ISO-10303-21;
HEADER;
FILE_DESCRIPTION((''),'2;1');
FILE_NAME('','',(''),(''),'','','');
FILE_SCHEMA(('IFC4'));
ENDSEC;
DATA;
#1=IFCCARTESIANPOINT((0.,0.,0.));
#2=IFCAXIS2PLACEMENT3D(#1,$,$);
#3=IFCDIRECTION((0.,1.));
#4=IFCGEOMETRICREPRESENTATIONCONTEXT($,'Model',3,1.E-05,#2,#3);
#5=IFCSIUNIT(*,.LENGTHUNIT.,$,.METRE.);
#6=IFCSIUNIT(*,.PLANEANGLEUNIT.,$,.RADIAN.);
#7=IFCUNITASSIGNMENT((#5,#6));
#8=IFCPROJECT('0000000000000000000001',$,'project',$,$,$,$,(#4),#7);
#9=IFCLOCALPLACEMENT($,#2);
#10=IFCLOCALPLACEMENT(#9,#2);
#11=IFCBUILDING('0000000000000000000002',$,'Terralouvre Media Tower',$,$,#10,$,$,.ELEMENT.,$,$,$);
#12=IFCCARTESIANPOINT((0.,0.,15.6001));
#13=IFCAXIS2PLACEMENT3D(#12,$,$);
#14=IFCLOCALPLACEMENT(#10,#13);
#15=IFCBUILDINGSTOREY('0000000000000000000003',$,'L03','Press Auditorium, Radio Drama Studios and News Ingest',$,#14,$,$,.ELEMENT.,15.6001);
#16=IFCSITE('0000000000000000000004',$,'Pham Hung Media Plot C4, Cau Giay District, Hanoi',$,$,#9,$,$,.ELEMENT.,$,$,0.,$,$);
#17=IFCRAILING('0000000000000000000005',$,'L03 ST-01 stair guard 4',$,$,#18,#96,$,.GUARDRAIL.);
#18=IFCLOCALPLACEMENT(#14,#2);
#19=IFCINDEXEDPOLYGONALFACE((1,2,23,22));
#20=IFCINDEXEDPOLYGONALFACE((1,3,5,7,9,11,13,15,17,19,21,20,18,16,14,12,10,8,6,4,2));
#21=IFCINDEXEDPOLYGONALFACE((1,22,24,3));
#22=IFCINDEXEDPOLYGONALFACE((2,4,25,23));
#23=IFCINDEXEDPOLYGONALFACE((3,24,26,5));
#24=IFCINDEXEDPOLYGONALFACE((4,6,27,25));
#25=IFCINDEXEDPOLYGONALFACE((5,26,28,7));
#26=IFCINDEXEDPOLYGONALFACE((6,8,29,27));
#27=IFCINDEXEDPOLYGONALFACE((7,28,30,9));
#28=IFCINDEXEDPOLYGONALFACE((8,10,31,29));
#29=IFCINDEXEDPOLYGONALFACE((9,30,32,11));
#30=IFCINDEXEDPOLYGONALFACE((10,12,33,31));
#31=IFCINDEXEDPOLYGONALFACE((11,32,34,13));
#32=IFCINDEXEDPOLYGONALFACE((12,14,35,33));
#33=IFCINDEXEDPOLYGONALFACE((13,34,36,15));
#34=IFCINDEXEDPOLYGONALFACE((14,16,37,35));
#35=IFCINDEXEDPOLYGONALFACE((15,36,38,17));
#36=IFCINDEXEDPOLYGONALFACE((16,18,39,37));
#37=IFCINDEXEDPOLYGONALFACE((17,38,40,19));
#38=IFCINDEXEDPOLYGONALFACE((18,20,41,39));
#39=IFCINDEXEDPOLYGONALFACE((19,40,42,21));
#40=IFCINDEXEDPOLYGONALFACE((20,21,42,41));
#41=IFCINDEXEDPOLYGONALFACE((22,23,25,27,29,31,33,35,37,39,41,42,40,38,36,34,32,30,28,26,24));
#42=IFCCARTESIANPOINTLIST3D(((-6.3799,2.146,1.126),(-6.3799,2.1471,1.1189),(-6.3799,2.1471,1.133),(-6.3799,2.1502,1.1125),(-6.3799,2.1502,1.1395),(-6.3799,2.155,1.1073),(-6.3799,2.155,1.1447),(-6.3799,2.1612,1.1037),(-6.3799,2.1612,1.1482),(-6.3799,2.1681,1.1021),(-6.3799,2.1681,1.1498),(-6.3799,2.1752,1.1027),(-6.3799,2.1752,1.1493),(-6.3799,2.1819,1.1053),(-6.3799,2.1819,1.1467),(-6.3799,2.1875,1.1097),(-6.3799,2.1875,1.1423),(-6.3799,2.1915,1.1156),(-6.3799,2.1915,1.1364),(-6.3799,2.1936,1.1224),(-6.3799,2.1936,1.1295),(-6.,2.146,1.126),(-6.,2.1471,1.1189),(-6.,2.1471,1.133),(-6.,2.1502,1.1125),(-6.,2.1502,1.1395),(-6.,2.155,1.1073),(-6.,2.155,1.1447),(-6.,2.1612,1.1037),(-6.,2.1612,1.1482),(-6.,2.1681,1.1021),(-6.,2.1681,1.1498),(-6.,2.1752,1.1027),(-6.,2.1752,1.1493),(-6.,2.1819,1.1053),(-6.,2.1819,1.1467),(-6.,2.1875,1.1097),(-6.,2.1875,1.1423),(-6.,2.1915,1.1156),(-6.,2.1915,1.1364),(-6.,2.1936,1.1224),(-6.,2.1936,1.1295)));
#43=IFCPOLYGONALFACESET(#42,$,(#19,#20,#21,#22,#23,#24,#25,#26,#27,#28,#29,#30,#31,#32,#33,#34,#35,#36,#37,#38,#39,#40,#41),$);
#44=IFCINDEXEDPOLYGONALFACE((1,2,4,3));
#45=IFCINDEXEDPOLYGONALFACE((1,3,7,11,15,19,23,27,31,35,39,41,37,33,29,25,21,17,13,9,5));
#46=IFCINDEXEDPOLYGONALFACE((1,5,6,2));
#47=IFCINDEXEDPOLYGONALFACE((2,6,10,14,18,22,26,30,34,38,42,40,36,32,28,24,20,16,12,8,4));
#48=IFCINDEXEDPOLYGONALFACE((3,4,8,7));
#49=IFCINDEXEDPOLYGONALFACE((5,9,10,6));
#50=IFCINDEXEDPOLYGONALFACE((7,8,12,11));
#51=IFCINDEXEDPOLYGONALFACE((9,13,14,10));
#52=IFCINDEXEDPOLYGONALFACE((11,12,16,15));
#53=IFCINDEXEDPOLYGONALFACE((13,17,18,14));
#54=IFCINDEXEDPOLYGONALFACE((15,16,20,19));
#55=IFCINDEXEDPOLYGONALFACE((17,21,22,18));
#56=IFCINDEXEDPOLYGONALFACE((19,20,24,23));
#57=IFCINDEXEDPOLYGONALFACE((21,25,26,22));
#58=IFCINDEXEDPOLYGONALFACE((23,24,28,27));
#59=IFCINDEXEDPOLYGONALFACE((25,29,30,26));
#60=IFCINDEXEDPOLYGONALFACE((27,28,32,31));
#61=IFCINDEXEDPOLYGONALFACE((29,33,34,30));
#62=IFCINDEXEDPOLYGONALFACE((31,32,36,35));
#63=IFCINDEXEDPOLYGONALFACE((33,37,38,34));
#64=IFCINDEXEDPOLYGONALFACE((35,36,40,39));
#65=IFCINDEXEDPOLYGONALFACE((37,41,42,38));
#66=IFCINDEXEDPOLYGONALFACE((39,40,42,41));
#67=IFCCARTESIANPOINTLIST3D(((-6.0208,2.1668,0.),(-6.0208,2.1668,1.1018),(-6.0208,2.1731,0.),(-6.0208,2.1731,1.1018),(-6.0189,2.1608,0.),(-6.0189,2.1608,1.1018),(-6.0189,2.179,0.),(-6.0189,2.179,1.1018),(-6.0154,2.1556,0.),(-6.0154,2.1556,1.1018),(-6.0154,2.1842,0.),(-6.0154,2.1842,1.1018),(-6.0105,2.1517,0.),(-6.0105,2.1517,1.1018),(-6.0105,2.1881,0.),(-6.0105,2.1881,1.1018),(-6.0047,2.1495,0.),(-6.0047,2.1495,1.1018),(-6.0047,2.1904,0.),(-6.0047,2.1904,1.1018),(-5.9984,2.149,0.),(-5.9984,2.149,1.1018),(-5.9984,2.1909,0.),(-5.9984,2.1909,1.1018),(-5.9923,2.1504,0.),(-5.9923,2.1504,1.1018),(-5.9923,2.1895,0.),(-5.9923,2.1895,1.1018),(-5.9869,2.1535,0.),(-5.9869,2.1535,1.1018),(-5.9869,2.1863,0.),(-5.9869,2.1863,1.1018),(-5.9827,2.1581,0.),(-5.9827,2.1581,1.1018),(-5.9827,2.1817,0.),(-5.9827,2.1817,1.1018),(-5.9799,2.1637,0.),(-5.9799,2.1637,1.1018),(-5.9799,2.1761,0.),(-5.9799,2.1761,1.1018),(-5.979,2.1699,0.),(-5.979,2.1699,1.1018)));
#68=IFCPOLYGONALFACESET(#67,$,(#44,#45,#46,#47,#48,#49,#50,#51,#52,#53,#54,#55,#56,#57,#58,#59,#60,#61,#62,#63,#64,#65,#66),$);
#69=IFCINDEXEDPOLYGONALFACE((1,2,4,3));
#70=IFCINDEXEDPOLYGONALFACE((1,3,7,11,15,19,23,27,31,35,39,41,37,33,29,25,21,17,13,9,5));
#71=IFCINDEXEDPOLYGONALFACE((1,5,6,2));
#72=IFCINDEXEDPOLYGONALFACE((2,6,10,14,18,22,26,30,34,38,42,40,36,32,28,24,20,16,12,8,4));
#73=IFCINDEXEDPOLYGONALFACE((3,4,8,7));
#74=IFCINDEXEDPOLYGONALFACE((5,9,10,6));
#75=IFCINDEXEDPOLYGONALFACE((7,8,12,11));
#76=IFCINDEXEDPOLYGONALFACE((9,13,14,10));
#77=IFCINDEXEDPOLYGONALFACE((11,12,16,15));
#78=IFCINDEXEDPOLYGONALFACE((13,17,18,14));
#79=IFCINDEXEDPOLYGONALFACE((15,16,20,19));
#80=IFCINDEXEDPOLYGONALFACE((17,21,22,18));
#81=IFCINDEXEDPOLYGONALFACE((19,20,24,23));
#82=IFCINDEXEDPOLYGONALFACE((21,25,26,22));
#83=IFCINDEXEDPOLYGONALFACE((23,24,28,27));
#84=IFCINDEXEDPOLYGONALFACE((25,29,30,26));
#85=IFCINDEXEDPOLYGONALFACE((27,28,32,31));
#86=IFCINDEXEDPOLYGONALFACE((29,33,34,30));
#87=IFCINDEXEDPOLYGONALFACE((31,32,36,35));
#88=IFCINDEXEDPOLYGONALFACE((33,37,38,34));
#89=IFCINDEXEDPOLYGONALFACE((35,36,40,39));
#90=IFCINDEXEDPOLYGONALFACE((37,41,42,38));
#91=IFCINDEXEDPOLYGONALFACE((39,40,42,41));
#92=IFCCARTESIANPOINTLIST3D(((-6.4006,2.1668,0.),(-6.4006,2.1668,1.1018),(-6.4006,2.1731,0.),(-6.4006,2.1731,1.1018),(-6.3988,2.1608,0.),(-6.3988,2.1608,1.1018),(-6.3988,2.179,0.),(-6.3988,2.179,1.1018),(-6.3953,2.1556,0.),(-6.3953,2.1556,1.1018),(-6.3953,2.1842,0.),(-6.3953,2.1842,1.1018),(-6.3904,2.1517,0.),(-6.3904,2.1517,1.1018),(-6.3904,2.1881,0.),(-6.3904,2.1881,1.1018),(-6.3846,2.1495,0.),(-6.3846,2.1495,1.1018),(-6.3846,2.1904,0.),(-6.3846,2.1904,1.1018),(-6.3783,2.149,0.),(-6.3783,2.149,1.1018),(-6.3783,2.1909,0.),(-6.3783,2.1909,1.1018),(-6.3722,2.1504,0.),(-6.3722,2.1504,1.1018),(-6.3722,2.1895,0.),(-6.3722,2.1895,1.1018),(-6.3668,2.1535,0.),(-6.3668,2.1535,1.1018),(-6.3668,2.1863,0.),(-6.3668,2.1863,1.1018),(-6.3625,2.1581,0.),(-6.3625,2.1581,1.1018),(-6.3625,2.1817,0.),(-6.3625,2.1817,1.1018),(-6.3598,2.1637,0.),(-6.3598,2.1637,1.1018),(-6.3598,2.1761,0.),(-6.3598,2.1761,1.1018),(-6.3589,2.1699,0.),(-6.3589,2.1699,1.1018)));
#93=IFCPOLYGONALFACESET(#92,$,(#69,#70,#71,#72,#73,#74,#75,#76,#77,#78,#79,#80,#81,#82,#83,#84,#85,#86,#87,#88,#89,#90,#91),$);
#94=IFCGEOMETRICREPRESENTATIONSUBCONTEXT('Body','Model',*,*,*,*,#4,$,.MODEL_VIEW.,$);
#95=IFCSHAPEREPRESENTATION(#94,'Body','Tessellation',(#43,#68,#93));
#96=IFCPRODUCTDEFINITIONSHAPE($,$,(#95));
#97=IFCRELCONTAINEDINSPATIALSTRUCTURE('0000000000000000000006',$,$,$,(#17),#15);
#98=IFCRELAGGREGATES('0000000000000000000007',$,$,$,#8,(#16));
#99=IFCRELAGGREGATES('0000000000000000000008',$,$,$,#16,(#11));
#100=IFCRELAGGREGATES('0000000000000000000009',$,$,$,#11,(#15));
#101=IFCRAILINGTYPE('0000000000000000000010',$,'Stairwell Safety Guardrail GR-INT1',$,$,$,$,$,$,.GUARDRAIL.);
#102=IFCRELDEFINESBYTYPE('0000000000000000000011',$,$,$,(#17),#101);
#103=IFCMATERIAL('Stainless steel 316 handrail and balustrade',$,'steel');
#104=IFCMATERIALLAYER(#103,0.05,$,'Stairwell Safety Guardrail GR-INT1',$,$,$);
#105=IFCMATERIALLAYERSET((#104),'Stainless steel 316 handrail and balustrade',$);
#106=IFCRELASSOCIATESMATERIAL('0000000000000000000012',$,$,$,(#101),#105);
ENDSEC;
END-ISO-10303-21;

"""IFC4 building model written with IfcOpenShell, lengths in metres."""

from ifc_helpers import new_model, si_unit, direction, frame, origin, origin_2d, place, context, subcontext, project, spatial, circle, extrude, material, layer, layer_set, type_object, element, save


model = new_model("IFC4")

# Units and contexts
model_context = context("Model", 3, precision=1e-05, world=origin(), true_north=direction((0.0, 1.0)))
body_context = subcontext(model_context, "Body", "Model", "MODEL_VIEW")
ifc_project = project(units=[si_unit("LENGTHUNIT", "METRE"), si_unit("PLANEANGLEUNIT", "RADIAN")], contexts=[model_context])

# Site, building, storey
site_placement = place(None, origin())
site = spatial("IfcSite", under=ifc_project, at=site_placement, Name="Pham Hung Media Plot C4, Cau Giay District, Hanoi", CompositionType="ELEMENT", RefElevation=0.0)
building_placement = place(site_placement, origin())
building = spatial("IfcBuilding", under=site, at=building_placement, Name="Terralouvre Media Tower", CompositionType="ELEMENT")
storey_placement = place(building_placement, frame((0.0, 0.0, 15.6001)))
storey = spatial("IfcBuildingStorey", under=building, at=storey_placement, Name="L03", Description="Press Auditorium, Radio Drama Studios and News Ingest", CompositionType="ELEMENT", Elevation=15.6001)

# Railing
ifc_material_1 = material(Name="Stainless steel 316 handrail and balustrade", Category="steel")
ifc_layer_1 = layer(ifc_material_1, 0.05, Name="Stairwell Safety Guardrail GR-INT1")
ifc_layer_set_1 = layer_set([ifc_layer_1], Name="Stainless steel 316 handrail and balustrade")
railing_type_1 = type_object("IfcRailingType", Name="Stairwell Safety Guardrail GR-INT1", PredefinedType="GUARDRAIL", material=ifc_layer_set_1)
railing_1_placement = place(storey_placement, frame((-6.0, 2.1699, 0.0)))
element("IfcRailing", 1, at=railing_1_placement, inside=storey, type_object=railing_type_1, Name="L03 ST-01 stair guard 4", PredefinedType="GUARDRAIL", context=body_context, shape_type="SweptSolid", body=[
    extrude(circle(Radius=0.0239, at=origin_2d()), frame((0.0, 0.0, 1.126), z_axis=(-1.0, 0.0, 0.0), x_axis=(0.0, -1.0, 0.0)), (0.0, 0.0, 1.0), 0.3799),
    extrude(circle(Radius=0.021, at=origin_2d()), origin(), (0.0, 0.0, 1.0), 1.1018),
    extrude(circle(Radius=0.021, at=origin_2d()), frame((-0.3799, 0.0, 0.0)), (0.0, 0.0, 1.0), 1.1018),
])

save(model, "model.ifc")
